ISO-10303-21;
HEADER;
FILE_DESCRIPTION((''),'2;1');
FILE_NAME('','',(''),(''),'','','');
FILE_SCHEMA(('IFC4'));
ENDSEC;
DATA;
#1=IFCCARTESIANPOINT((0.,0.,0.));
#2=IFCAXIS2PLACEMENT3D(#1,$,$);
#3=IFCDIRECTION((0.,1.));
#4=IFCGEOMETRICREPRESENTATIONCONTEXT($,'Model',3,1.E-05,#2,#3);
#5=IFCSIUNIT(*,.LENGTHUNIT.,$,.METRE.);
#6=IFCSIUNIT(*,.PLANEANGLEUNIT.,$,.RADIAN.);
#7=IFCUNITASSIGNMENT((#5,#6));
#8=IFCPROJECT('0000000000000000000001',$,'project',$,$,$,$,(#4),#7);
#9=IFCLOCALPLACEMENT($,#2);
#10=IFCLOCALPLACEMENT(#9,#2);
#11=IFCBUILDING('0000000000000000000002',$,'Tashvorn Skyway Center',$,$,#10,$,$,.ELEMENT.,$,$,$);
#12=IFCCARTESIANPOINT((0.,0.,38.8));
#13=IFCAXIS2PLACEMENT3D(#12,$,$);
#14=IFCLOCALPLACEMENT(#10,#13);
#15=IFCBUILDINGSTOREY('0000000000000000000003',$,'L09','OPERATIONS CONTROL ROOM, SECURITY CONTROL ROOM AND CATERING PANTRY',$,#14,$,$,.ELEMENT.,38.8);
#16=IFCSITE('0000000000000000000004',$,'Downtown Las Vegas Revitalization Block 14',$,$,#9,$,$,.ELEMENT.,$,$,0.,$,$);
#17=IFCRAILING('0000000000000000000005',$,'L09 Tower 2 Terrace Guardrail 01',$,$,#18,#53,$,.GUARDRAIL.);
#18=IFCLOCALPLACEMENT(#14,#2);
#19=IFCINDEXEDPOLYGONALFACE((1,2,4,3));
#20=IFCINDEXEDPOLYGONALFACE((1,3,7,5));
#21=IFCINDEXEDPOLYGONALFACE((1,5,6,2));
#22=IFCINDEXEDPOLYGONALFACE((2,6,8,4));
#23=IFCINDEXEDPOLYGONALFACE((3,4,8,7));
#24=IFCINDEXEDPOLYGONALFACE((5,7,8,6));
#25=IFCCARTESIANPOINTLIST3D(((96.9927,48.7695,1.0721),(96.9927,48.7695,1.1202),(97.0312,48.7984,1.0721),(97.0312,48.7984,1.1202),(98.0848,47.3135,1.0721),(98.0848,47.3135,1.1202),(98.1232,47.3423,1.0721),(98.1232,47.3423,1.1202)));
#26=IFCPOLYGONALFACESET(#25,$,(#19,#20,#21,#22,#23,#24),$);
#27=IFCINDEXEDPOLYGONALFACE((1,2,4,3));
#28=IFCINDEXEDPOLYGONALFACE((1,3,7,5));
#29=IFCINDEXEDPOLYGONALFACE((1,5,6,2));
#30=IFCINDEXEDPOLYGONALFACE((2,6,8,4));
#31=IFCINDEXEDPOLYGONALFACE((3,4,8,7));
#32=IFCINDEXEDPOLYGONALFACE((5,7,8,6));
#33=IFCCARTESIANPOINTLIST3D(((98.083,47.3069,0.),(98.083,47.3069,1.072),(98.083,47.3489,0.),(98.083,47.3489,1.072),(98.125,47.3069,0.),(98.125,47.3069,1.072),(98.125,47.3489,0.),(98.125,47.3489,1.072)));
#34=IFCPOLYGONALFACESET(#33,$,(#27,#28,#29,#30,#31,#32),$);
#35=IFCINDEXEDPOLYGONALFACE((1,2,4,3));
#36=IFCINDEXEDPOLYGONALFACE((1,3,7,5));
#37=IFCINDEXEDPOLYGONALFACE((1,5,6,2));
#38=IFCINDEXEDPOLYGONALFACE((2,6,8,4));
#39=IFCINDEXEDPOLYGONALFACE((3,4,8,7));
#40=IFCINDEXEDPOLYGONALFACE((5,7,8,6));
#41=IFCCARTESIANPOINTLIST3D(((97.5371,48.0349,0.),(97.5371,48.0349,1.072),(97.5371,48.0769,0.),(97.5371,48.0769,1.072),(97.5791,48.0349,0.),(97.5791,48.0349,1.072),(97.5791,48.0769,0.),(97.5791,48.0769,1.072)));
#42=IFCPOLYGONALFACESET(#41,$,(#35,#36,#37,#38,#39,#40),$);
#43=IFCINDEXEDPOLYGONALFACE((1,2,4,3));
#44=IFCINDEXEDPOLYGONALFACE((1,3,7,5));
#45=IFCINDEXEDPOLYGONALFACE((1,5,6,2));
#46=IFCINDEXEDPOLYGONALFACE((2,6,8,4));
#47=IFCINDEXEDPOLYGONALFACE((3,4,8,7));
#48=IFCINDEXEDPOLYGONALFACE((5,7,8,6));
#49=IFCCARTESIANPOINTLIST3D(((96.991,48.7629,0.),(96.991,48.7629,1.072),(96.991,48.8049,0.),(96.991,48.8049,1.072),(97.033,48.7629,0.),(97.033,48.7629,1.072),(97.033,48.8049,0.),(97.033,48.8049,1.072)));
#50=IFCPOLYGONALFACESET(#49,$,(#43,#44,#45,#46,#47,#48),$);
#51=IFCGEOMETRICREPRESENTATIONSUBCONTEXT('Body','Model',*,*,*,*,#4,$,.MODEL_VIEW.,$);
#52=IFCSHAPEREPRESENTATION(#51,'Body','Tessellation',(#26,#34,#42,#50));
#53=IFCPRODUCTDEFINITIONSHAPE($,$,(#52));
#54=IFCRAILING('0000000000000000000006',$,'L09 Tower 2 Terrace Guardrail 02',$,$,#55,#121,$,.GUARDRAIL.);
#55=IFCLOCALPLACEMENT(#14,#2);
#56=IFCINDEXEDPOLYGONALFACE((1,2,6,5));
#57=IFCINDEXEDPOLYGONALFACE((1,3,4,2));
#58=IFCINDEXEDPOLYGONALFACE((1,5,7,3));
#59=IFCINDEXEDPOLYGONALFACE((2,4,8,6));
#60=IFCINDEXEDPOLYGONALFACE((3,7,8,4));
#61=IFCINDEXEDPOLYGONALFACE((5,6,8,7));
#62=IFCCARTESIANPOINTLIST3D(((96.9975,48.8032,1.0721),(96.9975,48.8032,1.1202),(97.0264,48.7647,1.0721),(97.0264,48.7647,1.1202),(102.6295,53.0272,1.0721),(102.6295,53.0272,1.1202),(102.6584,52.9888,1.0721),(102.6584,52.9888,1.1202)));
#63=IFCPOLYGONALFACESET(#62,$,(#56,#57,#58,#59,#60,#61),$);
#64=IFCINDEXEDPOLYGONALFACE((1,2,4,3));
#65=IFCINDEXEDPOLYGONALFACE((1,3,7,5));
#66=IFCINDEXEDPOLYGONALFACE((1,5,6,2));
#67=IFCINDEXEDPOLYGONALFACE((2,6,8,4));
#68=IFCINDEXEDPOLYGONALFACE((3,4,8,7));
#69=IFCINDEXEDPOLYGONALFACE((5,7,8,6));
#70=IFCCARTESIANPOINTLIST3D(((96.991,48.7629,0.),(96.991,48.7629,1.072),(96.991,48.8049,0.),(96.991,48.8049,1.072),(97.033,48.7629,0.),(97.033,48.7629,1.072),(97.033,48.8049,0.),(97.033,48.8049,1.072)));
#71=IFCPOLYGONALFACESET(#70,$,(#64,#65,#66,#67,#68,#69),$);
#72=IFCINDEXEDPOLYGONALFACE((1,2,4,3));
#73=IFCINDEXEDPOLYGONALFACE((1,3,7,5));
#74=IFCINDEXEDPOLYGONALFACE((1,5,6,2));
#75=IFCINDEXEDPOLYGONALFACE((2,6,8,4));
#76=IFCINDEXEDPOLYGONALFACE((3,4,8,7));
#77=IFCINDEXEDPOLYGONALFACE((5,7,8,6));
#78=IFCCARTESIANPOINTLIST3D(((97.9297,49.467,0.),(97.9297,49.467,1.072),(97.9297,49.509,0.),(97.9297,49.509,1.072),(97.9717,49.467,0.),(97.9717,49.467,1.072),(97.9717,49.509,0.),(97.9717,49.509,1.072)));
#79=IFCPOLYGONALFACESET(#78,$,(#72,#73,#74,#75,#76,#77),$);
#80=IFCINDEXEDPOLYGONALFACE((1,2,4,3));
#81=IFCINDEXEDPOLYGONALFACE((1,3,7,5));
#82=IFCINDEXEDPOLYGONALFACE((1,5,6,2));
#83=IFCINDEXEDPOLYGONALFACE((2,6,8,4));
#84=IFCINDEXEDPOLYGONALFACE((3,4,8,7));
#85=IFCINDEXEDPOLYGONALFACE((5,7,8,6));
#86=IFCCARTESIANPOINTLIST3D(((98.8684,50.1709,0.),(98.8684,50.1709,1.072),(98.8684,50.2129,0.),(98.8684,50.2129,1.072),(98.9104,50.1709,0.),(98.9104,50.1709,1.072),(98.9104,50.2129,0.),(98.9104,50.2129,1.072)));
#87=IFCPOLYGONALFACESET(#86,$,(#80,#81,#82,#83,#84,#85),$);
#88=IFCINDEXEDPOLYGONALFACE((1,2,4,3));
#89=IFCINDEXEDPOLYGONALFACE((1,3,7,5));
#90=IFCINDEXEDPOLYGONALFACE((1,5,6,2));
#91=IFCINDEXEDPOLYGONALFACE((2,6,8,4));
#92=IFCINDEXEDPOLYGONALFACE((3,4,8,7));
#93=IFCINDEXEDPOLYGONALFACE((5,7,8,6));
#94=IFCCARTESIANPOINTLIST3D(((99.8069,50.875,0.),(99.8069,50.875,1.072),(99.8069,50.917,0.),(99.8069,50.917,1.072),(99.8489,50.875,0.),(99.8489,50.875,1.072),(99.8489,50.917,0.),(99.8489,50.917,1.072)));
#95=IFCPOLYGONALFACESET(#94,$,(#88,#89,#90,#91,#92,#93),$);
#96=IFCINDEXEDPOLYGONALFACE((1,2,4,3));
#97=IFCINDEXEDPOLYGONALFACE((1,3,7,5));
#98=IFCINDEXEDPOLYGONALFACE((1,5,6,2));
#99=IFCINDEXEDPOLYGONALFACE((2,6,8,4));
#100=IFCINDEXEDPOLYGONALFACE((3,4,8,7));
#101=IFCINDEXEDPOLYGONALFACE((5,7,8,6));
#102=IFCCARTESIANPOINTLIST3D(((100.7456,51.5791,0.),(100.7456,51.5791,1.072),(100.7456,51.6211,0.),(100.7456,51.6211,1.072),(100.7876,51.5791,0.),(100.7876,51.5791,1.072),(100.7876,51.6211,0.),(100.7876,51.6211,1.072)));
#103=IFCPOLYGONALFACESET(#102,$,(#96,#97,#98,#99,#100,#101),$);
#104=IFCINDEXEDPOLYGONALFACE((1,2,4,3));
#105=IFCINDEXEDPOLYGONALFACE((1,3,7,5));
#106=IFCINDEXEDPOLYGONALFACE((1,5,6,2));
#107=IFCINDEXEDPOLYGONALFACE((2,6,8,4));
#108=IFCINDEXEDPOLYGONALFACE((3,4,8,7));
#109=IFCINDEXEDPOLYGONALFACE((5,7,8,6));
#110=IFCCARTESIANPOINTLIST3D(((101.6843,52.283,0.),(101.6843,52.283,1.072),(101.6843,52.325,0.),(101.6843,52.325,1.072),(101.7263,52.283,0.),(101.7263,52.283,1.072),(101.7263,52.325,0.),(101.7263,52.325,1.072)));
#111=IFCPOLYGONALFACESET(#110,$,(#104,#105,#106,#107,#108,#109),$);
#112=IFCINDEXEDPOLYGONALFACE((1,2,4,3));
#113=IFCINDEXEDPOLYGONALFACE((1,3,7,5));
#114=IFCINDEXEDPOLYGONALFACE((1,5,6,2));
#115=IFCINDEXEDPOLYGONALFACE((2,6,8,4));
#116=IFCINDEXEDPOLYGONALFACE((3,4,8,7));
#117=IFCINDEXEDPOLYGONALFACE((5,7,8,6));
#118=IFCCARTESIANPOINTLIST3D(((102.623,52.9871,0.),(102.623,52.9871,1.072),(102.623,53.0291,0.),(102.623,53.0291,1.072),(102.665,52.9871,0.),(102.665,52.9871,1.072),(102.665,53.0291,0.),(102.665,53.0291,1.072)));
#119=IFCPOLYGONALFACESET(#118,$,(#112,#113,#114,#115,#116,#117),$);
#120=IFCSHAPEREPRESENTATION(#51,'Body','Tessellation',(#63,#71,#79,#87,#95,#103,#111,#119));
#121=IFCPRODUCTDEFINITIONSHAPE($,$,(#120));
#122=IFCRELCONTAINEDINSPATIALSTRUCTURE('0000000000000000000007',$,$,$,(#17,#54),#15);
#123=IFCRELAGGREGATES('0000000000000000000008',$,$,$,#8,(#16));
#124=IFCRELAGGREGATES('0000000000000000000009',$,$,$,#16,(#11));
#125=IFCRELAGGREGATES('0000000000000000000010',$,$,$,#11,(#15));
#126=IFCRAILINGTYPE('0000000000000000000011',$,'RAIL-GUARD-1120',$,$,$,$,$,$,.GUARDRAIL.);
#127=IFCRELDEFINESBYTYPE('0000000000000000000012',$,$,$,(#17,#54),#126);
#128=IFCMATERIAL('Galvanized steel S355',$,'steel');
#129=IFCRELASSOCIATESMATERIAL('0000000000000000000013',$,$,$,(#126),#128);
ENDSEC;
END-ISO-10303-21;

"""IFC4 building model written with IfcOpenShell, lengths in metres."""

from ifc_helpers import new_model, si_unit, direction, frame, origin, origin_2d, place, context, subcontext, project, spatial, rectangle, extrude, material, type_object, element, save


model = new_model("IFC4")

# Units and contexts
model_context = context("Model", 3, precision=1e-05, world=origin(), true_north=direction((0.0, 1.0)))
body_context = subcontext(model_context, "Body", "Model", "MODEL_VIEW")
ifc_project = project(units=[si_unit("LENGTHUNIT", "METRE"), si_unit("PLANEANGLEUNIT", "RADIAN")], contexts=[model_context])

# Site, building, storey
site_placement = place(None, origin())
site = spatial("IfcSite", under=ifc_project, at=site_placement, Name="Downtown Las Vegas Revitalization Block 14", CompositionType="ELEMENT", RefElevation=0.0)
building_placement = place(site_placement, origin())
building = spatial("IfcBuilding", under=site, at=building_placement, Name="Tashvorn Skyway Center", CompositionType="ELEMENT")
storey_placement = place(building_placement, frame((0.0, 0.0, 38.8)))
storey = spatial("IfcBuildingStorey", under=building, at=storey_placement, Name="L09", Description="OPERATIONS CONTROL ROOM, SECURITY CONTROL ROOM AND CATERING PANTRY", CompositionType="ELEMENT", Elevation=38.8)

# Railings
ifc_material_1 = material(Name="Galvanized steel S355", Category="steel")
railing_type = type_object("IfcRailingType", Name="RAIL-GUARD-1120", PredefinedType="GUARDRAIL", material=ifc_material_1)
railing_1_placement = place(storey_placement, frame((98.104, 47.3279, 0.0)))
element("IfcRailing", 1, at=railing_1_placement, inside=storey, type_object=railing_type, Name="L09 Tower 2 Terrace Guardrail 01", PredefinedType="GUARDRAIL", context=body_context, shape_type="SweptSolid", body=[
    extrude(rectangle(XDim=0.0481, YDim=0.0481, at=origin_2d()), frame((0.0, 0.0, 1.0962), z_axis=(-0.6, 0.8, 0.0), x_axis=(-0.8, -0.6, 0.0)), (0.0, 0.0, 1.0), 1.8201),
    extrude(rectangle(XDim=0.042, YDim=0.042, at=origin_2d()), origin(), (0.0, 0.0, 1.0), 1.072),
    extrude(rectangle(XDim=0.042, YDim=0.042, at=origin_2d()), frame((-0.5459, 0.728, 0.0)), (0.0, 0.0, 1.0), 1.072),
    extrude(rectangle(XDim=0.042, YDim=0.042, at=origin_2d()), frame((-1.092, 1.4561, 0.0)), (0.0, 0.0, 1.0), 1.072),
])
railing_2_placement = place(storey_placement, frame((97.012, 48.7839, 0.0)))
element("IfcRailing", 2, at=railing_2_placement, inside=storey, type_object=railing_type, Name="L09 Tower 2 Terrace Guardrail 02", PredefinedType="GUARDRAIL", context=body_context, shape_type="SweptSolid", body=[
    extrude(rectangle(XDim=0.0481, YDim=0.0481, at=origin_2d()), frame((0.0, 0.0, 1.0962), z_axis=(0.799996, 0.600006, 0.0), x_axis=(-0.600006, 0.799996, 0.0)), (0.0, 0.0, 1.0), 7.04),
    extrude(rectangle(XDim=0.042, YDim=0.042, at=origin_2d()), origin(), (0.0, 0.0, 1.0), 1.072),
    extrude(rectangle(XDim=0.042, YDim=0.042, at=origin_2d()), frame((0.9387, 0.7041, 0.0)), (0.0, 0.0, 1.0), 1.072),
    extrude(rectangle(XDim=0.042, YDim=0.042, at=origin_2d()), frame((1.8774, 1.408, 0.0)), (0.0, 0.0, 1.0), 1.072),
    extrude(rectangle(XDim=0.042, YDim=0.042, at=origin_2d()), frame((2.8159, 2.1121, 0.0)), (0.0, 0.0, 1.0), 1.072),
    extrude(rectangle(XDim=0.042, YDim=0.042, at=origin_2d()), frame((3.7546, 2.8162, 0.0)), (0.0, 0.0, 1.0), 1.072),
    extrude(rectangle(XDim=0.042, YDim=0.042, at=origin_2d()), frame((4.6934, 3.52, 0.0)), (0.0, 0.0, 1.0), 1.072),
    extrude(rectangle(XDim=0.042, YDim=0.042, at=origin_2d()), frame((5.6321, 4.2241, 0.0)), (0.0, 0.0, 1.0), 1.072),
])

save(model, "model.ifc")
